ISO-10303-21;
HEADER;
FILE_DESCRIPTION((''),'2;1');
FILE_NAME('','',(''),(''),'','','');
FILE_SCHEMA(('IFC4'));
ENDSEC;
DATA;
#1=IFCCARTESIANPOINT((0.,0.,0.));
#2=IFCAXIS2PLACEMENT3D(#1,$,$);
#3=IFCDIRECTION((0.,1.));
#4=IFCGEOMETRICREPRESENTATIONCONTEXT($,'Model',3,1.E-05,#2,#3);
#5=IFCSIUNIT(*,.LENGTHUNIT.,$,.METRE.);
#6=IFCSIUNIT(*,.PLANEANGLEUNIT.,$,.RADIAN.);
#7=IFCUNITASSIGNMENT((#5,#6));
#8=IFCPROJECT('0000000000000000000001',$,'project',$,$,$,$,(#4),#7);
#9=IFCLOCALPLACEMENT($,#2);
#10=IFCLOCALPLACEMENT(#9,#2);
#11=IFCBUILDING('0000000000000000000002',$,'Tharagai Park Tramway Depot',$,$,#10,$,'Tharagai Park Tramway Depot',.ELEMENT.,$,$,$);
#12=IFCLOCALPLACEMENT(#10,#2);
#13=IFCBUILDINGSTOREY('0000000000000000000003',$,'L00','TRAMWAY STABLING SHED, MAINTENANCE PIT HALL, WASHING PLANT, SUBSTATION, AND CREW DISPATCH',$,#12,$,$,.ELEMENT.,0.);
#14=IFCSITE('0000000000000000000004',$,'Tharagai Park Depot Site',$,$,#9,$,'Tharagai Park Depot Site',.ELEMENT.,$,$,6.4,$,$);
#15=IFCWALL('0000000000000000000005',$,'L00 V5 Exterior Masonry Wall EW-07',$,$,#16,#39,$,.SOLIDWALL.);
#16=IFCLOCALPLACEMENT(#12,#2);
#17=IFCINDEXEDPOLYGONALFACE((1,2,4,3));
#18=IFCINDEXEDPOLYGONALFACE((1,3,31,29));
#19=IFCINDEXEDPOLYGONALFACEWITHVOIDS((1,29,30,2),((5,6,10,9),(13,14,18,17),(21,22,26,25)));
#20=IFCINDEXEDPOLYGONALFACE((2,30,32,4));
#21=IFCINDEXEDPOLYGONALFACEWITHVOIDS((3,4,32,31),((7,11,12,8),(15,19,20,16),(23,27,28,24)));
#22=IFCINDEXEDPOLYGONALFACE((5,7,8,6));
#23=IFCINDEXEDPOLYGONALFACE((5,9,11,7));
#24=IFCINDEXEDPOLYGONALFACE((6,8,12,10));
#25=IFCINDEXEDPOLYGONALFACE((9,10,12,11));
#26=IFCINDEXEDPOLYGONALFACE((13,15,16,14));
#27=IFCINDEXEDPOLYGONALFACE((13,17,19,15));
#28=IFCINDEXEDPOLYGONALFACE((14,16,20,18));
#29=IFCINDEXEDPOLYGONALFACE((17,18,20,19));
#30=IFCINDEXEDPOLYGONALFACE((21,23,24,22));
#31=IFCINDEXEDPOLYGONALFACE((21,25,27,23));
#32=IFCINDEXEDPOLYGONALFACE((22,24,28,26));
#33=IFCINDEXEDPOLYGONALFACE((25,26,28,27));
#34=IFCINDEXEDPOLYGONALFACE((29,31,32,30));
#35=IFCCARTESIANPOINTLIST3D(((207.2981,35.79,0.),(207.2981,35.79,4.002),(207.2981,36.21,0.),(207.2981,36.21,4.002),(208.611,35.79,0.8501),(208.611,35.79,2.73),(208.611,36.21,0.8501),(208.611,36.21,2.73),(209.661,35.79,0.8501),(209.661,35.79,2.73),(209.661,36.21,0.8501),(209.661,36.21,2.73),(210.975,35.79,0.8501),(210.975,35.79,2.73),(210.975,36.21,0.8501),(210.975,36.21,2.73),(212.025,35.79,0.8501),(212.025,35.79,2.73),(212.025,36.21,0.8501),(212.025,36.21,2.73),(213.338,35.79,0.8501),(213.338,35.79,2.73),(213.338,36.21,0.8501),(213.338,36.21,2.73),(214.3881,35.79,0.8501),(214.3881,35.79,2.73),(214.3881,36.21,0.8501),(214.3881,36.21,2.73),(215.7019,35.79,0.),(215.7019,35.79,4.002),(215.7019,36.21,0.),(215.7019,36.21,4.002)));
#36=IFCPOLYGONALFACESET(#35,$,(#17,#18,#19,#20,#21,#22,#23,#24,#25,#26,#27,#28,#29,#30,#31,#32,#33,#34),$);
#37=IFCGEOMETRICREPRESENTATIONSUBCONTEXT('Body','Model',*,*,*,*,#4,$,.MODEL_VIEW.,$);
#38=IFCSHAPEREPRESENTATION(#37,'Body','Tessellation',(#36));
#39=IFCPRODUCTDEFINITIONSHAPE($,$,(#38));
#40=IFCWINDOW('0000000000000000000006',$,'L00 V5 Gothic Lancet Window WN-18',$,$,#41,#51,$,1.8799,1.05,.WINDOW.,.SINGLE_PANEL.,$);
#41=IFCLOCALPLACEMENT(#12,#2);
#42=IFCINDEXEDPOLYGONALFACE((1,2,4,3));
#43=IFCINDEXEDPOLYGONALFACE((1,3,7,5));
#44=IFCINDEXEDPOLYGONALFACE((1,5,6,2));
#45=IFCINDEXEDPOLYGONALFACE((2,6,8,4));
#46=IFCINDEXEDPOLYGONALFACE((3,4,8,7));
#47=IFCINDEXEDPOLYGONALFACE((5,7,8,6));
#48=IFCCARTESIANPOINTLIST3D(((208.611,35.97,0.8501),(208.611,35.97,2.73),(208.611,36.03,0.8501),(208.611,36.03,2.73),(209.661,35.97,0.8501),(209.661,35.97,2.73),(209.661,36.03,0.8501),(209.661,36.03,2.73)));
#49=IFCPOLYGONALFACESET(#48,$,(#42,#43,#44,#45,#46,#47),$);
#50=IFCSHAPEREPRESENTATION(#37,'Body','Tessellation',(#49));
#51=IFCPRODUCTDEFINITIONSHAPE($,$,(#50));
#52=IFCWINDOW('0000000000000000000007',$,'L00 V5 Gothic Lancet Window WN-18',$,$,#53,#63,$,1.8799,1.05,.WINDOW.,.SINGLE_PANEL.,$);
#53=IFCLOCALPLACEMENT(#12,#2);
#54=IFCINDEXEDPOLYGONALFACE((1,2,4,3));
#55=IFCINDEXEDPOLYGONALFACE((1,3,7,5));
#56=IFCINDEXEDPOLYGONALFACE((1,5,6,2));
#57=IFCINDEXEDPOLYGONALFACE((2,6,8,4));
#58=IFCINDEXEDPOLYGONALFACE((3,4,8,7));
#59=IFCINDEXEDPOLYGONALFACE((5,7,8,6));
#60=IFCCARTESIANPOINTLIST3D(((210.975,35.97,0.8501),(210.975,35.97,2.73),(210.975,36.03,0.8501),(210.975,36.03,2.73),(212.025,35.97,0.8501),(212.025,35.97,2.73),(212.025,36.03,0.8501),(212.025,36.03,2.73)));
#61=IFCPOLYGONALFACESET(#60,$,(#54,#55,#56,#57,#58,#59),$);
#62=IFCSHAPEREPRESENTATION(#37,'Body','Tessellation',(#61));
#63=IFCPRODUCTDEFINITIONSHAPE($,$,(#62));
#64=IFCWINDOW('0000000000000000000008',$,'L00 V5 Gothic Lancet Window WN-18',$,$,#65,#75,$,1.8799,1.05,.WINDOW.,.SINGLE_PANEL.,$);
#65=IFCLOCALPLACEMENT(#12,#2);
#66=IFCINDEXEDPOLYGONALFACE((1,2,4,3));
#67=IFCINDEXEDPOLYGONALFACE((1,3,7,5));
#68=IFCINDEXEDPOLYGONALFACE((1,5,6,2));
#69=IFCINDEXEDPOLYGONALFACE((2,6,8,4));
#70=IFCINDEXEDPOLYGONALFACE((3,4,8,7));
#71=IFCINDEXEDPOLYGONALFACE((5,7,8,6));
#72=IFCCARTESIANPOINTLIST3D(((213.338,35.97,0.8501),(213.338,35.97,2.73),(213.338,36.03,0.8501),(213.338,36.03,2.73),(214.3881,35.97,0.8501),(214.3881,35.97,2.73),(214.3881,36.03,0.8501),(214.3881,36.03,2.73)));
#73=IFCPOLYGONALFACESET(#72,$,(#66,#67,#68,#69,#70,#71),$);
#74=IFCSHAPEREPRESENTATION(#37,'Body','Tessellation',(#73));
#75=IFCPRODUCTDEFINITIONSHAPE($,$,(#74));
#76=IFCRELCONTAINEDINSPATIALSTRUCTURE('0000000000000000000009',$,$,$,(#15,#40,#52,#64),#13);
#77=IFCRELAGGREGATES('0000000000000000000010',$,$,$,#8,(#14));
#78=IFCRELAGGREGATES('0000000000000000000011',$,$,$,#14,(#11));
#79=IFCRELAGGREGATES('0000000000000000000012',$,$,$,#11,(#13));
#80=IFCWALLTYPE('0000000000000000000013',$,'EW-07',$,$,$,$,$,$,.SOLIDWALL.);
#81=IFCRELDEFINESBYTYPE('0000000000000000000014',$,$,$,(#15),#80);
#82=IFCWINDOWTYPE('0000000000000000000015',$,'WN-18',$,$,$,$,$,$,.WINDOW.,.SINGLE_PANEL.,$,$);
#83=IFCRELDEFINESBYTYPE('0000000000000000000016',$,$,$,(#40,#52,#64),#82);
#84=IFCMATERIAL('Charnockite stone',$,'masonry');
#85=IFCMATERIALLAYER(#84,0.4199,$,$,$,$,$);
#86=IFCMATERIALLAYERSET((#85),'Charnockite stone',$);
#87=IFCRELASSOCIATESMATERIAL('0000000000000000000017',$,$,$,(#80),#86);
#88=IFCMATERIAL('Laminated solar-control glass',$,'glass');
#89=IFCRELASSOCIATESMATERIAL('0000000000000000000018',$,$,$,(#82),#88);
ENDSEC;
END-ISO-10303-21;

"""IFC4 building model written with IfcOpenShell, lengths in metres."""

from ifc_helpers import new_model, si_unit, direction, frame, frame_2d, origin, place, context, subcontext, project, spatial, rectangle, extrude, material, layer, layer_set, type_object, element, fill, save


model = new_model("IFC4")

# Units and contexts
model_context = context("Model", 3, precision=1e-05, world=origin(), true_north=direction((0.0, 1.0)))
body_context = subcontext(model_context, "Body", "Model", "MODEL_VIEW")
ifc_project = project(units=[si_unit("LENGTHUNIT", "METRE"), si_unit("PLANEANGLEUNIT", "RADIAN")], contexts=[model_context])

# Site, building, storey
site_placement = place(None, origin())
site = spatial("IfcSite", under=ifc_project, at=site_placement, Name="Tharagai Park Depot Site", LongName="Tharagai Park Depot Site", CompositionType="ELEMENT", RefElevation=6.4)
building_placement = place(site_placement, origin())
building = spatial("IfcBuilding", under=site, at=building_placement, Name="Tharagai Park Tramway Depot", LongName="Tharagai Park Tramway Depot", CompositionType="ELEMENT")
storey_placement = place(building_placement, origin())
storey = spatial("IfcBuildingStorey", under=building, at=storey_placement, Name="L00", Description="TRAMWAY STABLING SHED, MAINTENANCE PIT HALL, WASHING PLANT, SUBSTATION, AND CREW DISPATCH", CompositionType="ELEMENT", Elevation=0.0)

# Shared definitions
ifc_material_1 = material(Name="Laminated solar-control glass", Category="glass")

# Wall, openings, windows
ifc_material_2 = material(Name="Charnockite stone", Category="masonry")
ifc_layer_1 = layer(ifc_material_2, 0.4199)
ifc_layer_set_1 = layer_set([ifc_layer_1], Name="Charnockite stone")
wall_type_1 = type_object("IfcWallType", Name="EW-07", PredefinedType="SOLIDWALL", material=ifc_layer_set_1)
wall_1_placement = place(storey_placement, frame((207.2981, 36.0, 0.0), z_axis=(0.0, 0.0, 1.0), x_axis=(1.0, 0.0, 0.0)))
wall_1 = element("IfcWall", 1, at=wall_1_placement, inside=storey, type_object=wall_type_1, Name="L00 V5 Exterior Masonry Wall EW-07", PredefinedType="SOLIDWALL", context=body_context, shape_type="SweptSolid", body=[
    extrude(rectangle(XDim=8.4038, YDim=0.4199, at=frame_2d((4.2019, 0.0))), origin(), (0.0, 0.0, 1.0), 4.002),
])
opening_1_placement = place(wall_1_placement, frame((1.313, 0.0, 0.8501)))
opening_1 = element("IfcOpeningElement", 2, at=opening_1_placement, cuts=wall_1, PredefinedType="OPENING", context=body_context, shape_type="SweptSolid", body=[
    extrude(rectangle(XDim=1.05, YDim=1.8799, at=frame_2d((0.5249, 0.9399))), frame((0.0, 0.22, 0.0), z_axis=(0.0, -1.0, 0.0), x_axis=(1.0, 0.0, 0.0)), (0.0, 0.0, 1.0), 0.4399),
])
opening_2_placement = place(wall_1_placement, frame((3.677, 0.0, 0.8501)))
opening_2 = element("IfcOpeningElement", 3, at=opening_2_placement, cuts=wall_1, PredefinedType="OPENING", context=body_context, shape_type="SweptSolid", body=[
    extrude(rectangle(XDim=1.05, YDim=1.8799, at=frame_2d((0.5249, 0.9399))), frame((0.0, 0.22, 0.0), z_axis=(0.0, -1.0, 0.0), x_axis=(1.0, 0.0, 0.0)), (0.0, 0.0, 1.0), 0.4399),
])
opening_3_placement = place(wall_1_placement, frame((6.04, 0.0, 0.8501)))
opening_3 = element("IfcOpeningElement", 4, at=opening_3_placement, cuts=wall_1, PredefinedType="OPENING", context=body_context, shape_type="SweptSolid", body=[
    extrude(rectangle(XDim=1.05, YDim=1.8799, at=frame_2d((0.5249, 0.9399))), frame((0.0, 0.22, 0.0), z_axis=(0.0, -1.0, 0.0), x_axis=(1.0, 0.0, 0.0)), (0.0, 0.0, 1.0), 0.4399),
])
window_type_1 = type_object("IfcWindowType", Name="WN-18", PartitioningType="SINGLE_PANEL", PredefinedType="WINDOW", material=ifc_material_1)
window_1_placement = place(opening_1_placement, origin())
window_1 = element("IfcWindow", 5, at=window_1_placement, inside=storey, type_object=window_type_1, Name="L00 V5 Gothic Lancet Window WN-18", OverallHeight=1.8799, OverallWidth=1.05, PartitioningType="SINGLE_PANEL", PredefinedType="WINDOW", context=body_context, shape_type="SweptSolid", body=[
    extrude(rectangle(XDim=1.05, YDim=1.8799, at=frame_2d((0.5249, 0.9399))), frame((0.0, 0.03, 0.0), z_axis=(0.0, -1.0, 0.0), x_axis=(1.0, 0.0, 0.0)), (0.0, 0.0, 1.0), 0.0601),
])
fill(opening_1, window_1)
window_2_placement = place(opening_2_placement, origin())
window_2 = element("IfcWindow", 6, at=window_2_placement, inside=storey, type_object=window_type_1, Name="L00 V5 Gothic Lancet Window WN-18", OverallHeight=1.8799, OverallWidth=1.05, PartitioningType="SINGLE_PANEL", PredefinedType="WINDOW", context=body_context, shape_type="SweptSolid", body=[
    extrude(rectangle(XDim=1.05, YDim=1.8799, at=frame_2d((0.5249, 0.9399))), frame((0.0, 0.03, 0.0), z_axis=(0.0, -1.0, 0.0), x_axis=(1.0, 0.0, 0.0)), (0.0, 0.0, 1.0), 0.0601),
])
fill(opening_2, window_2)
window_3_placement = place(opening_3_placement, origin())
window_3 = element("IfcWindow", 7, at=window_3_placement, inside=storey, type_object=window_type_1, Name="L00 V5 Gothic Lancet Window WN-18", OverallHeight=1.8799, OverallWidth=1.05, PartitioningType="SINGLE_PANEL", PredefinedType="WINDOW", context=body_context, shape_type="SweptSolid", body=[
    extrude(rectangle(XDim=1.05, YDim=1.8799, at=frame_2d((0.5249, 0.9399))), frame((0.0, 0.03, 0.0), z_axis=(0.0, -1.0, 0.0), x_axis=(1.0, 0.0, 0.0)), (0.0, 0.0, 1.0), 0.0601),
])
fill(opening_3, window_3)

save(model, "model.ifc")
